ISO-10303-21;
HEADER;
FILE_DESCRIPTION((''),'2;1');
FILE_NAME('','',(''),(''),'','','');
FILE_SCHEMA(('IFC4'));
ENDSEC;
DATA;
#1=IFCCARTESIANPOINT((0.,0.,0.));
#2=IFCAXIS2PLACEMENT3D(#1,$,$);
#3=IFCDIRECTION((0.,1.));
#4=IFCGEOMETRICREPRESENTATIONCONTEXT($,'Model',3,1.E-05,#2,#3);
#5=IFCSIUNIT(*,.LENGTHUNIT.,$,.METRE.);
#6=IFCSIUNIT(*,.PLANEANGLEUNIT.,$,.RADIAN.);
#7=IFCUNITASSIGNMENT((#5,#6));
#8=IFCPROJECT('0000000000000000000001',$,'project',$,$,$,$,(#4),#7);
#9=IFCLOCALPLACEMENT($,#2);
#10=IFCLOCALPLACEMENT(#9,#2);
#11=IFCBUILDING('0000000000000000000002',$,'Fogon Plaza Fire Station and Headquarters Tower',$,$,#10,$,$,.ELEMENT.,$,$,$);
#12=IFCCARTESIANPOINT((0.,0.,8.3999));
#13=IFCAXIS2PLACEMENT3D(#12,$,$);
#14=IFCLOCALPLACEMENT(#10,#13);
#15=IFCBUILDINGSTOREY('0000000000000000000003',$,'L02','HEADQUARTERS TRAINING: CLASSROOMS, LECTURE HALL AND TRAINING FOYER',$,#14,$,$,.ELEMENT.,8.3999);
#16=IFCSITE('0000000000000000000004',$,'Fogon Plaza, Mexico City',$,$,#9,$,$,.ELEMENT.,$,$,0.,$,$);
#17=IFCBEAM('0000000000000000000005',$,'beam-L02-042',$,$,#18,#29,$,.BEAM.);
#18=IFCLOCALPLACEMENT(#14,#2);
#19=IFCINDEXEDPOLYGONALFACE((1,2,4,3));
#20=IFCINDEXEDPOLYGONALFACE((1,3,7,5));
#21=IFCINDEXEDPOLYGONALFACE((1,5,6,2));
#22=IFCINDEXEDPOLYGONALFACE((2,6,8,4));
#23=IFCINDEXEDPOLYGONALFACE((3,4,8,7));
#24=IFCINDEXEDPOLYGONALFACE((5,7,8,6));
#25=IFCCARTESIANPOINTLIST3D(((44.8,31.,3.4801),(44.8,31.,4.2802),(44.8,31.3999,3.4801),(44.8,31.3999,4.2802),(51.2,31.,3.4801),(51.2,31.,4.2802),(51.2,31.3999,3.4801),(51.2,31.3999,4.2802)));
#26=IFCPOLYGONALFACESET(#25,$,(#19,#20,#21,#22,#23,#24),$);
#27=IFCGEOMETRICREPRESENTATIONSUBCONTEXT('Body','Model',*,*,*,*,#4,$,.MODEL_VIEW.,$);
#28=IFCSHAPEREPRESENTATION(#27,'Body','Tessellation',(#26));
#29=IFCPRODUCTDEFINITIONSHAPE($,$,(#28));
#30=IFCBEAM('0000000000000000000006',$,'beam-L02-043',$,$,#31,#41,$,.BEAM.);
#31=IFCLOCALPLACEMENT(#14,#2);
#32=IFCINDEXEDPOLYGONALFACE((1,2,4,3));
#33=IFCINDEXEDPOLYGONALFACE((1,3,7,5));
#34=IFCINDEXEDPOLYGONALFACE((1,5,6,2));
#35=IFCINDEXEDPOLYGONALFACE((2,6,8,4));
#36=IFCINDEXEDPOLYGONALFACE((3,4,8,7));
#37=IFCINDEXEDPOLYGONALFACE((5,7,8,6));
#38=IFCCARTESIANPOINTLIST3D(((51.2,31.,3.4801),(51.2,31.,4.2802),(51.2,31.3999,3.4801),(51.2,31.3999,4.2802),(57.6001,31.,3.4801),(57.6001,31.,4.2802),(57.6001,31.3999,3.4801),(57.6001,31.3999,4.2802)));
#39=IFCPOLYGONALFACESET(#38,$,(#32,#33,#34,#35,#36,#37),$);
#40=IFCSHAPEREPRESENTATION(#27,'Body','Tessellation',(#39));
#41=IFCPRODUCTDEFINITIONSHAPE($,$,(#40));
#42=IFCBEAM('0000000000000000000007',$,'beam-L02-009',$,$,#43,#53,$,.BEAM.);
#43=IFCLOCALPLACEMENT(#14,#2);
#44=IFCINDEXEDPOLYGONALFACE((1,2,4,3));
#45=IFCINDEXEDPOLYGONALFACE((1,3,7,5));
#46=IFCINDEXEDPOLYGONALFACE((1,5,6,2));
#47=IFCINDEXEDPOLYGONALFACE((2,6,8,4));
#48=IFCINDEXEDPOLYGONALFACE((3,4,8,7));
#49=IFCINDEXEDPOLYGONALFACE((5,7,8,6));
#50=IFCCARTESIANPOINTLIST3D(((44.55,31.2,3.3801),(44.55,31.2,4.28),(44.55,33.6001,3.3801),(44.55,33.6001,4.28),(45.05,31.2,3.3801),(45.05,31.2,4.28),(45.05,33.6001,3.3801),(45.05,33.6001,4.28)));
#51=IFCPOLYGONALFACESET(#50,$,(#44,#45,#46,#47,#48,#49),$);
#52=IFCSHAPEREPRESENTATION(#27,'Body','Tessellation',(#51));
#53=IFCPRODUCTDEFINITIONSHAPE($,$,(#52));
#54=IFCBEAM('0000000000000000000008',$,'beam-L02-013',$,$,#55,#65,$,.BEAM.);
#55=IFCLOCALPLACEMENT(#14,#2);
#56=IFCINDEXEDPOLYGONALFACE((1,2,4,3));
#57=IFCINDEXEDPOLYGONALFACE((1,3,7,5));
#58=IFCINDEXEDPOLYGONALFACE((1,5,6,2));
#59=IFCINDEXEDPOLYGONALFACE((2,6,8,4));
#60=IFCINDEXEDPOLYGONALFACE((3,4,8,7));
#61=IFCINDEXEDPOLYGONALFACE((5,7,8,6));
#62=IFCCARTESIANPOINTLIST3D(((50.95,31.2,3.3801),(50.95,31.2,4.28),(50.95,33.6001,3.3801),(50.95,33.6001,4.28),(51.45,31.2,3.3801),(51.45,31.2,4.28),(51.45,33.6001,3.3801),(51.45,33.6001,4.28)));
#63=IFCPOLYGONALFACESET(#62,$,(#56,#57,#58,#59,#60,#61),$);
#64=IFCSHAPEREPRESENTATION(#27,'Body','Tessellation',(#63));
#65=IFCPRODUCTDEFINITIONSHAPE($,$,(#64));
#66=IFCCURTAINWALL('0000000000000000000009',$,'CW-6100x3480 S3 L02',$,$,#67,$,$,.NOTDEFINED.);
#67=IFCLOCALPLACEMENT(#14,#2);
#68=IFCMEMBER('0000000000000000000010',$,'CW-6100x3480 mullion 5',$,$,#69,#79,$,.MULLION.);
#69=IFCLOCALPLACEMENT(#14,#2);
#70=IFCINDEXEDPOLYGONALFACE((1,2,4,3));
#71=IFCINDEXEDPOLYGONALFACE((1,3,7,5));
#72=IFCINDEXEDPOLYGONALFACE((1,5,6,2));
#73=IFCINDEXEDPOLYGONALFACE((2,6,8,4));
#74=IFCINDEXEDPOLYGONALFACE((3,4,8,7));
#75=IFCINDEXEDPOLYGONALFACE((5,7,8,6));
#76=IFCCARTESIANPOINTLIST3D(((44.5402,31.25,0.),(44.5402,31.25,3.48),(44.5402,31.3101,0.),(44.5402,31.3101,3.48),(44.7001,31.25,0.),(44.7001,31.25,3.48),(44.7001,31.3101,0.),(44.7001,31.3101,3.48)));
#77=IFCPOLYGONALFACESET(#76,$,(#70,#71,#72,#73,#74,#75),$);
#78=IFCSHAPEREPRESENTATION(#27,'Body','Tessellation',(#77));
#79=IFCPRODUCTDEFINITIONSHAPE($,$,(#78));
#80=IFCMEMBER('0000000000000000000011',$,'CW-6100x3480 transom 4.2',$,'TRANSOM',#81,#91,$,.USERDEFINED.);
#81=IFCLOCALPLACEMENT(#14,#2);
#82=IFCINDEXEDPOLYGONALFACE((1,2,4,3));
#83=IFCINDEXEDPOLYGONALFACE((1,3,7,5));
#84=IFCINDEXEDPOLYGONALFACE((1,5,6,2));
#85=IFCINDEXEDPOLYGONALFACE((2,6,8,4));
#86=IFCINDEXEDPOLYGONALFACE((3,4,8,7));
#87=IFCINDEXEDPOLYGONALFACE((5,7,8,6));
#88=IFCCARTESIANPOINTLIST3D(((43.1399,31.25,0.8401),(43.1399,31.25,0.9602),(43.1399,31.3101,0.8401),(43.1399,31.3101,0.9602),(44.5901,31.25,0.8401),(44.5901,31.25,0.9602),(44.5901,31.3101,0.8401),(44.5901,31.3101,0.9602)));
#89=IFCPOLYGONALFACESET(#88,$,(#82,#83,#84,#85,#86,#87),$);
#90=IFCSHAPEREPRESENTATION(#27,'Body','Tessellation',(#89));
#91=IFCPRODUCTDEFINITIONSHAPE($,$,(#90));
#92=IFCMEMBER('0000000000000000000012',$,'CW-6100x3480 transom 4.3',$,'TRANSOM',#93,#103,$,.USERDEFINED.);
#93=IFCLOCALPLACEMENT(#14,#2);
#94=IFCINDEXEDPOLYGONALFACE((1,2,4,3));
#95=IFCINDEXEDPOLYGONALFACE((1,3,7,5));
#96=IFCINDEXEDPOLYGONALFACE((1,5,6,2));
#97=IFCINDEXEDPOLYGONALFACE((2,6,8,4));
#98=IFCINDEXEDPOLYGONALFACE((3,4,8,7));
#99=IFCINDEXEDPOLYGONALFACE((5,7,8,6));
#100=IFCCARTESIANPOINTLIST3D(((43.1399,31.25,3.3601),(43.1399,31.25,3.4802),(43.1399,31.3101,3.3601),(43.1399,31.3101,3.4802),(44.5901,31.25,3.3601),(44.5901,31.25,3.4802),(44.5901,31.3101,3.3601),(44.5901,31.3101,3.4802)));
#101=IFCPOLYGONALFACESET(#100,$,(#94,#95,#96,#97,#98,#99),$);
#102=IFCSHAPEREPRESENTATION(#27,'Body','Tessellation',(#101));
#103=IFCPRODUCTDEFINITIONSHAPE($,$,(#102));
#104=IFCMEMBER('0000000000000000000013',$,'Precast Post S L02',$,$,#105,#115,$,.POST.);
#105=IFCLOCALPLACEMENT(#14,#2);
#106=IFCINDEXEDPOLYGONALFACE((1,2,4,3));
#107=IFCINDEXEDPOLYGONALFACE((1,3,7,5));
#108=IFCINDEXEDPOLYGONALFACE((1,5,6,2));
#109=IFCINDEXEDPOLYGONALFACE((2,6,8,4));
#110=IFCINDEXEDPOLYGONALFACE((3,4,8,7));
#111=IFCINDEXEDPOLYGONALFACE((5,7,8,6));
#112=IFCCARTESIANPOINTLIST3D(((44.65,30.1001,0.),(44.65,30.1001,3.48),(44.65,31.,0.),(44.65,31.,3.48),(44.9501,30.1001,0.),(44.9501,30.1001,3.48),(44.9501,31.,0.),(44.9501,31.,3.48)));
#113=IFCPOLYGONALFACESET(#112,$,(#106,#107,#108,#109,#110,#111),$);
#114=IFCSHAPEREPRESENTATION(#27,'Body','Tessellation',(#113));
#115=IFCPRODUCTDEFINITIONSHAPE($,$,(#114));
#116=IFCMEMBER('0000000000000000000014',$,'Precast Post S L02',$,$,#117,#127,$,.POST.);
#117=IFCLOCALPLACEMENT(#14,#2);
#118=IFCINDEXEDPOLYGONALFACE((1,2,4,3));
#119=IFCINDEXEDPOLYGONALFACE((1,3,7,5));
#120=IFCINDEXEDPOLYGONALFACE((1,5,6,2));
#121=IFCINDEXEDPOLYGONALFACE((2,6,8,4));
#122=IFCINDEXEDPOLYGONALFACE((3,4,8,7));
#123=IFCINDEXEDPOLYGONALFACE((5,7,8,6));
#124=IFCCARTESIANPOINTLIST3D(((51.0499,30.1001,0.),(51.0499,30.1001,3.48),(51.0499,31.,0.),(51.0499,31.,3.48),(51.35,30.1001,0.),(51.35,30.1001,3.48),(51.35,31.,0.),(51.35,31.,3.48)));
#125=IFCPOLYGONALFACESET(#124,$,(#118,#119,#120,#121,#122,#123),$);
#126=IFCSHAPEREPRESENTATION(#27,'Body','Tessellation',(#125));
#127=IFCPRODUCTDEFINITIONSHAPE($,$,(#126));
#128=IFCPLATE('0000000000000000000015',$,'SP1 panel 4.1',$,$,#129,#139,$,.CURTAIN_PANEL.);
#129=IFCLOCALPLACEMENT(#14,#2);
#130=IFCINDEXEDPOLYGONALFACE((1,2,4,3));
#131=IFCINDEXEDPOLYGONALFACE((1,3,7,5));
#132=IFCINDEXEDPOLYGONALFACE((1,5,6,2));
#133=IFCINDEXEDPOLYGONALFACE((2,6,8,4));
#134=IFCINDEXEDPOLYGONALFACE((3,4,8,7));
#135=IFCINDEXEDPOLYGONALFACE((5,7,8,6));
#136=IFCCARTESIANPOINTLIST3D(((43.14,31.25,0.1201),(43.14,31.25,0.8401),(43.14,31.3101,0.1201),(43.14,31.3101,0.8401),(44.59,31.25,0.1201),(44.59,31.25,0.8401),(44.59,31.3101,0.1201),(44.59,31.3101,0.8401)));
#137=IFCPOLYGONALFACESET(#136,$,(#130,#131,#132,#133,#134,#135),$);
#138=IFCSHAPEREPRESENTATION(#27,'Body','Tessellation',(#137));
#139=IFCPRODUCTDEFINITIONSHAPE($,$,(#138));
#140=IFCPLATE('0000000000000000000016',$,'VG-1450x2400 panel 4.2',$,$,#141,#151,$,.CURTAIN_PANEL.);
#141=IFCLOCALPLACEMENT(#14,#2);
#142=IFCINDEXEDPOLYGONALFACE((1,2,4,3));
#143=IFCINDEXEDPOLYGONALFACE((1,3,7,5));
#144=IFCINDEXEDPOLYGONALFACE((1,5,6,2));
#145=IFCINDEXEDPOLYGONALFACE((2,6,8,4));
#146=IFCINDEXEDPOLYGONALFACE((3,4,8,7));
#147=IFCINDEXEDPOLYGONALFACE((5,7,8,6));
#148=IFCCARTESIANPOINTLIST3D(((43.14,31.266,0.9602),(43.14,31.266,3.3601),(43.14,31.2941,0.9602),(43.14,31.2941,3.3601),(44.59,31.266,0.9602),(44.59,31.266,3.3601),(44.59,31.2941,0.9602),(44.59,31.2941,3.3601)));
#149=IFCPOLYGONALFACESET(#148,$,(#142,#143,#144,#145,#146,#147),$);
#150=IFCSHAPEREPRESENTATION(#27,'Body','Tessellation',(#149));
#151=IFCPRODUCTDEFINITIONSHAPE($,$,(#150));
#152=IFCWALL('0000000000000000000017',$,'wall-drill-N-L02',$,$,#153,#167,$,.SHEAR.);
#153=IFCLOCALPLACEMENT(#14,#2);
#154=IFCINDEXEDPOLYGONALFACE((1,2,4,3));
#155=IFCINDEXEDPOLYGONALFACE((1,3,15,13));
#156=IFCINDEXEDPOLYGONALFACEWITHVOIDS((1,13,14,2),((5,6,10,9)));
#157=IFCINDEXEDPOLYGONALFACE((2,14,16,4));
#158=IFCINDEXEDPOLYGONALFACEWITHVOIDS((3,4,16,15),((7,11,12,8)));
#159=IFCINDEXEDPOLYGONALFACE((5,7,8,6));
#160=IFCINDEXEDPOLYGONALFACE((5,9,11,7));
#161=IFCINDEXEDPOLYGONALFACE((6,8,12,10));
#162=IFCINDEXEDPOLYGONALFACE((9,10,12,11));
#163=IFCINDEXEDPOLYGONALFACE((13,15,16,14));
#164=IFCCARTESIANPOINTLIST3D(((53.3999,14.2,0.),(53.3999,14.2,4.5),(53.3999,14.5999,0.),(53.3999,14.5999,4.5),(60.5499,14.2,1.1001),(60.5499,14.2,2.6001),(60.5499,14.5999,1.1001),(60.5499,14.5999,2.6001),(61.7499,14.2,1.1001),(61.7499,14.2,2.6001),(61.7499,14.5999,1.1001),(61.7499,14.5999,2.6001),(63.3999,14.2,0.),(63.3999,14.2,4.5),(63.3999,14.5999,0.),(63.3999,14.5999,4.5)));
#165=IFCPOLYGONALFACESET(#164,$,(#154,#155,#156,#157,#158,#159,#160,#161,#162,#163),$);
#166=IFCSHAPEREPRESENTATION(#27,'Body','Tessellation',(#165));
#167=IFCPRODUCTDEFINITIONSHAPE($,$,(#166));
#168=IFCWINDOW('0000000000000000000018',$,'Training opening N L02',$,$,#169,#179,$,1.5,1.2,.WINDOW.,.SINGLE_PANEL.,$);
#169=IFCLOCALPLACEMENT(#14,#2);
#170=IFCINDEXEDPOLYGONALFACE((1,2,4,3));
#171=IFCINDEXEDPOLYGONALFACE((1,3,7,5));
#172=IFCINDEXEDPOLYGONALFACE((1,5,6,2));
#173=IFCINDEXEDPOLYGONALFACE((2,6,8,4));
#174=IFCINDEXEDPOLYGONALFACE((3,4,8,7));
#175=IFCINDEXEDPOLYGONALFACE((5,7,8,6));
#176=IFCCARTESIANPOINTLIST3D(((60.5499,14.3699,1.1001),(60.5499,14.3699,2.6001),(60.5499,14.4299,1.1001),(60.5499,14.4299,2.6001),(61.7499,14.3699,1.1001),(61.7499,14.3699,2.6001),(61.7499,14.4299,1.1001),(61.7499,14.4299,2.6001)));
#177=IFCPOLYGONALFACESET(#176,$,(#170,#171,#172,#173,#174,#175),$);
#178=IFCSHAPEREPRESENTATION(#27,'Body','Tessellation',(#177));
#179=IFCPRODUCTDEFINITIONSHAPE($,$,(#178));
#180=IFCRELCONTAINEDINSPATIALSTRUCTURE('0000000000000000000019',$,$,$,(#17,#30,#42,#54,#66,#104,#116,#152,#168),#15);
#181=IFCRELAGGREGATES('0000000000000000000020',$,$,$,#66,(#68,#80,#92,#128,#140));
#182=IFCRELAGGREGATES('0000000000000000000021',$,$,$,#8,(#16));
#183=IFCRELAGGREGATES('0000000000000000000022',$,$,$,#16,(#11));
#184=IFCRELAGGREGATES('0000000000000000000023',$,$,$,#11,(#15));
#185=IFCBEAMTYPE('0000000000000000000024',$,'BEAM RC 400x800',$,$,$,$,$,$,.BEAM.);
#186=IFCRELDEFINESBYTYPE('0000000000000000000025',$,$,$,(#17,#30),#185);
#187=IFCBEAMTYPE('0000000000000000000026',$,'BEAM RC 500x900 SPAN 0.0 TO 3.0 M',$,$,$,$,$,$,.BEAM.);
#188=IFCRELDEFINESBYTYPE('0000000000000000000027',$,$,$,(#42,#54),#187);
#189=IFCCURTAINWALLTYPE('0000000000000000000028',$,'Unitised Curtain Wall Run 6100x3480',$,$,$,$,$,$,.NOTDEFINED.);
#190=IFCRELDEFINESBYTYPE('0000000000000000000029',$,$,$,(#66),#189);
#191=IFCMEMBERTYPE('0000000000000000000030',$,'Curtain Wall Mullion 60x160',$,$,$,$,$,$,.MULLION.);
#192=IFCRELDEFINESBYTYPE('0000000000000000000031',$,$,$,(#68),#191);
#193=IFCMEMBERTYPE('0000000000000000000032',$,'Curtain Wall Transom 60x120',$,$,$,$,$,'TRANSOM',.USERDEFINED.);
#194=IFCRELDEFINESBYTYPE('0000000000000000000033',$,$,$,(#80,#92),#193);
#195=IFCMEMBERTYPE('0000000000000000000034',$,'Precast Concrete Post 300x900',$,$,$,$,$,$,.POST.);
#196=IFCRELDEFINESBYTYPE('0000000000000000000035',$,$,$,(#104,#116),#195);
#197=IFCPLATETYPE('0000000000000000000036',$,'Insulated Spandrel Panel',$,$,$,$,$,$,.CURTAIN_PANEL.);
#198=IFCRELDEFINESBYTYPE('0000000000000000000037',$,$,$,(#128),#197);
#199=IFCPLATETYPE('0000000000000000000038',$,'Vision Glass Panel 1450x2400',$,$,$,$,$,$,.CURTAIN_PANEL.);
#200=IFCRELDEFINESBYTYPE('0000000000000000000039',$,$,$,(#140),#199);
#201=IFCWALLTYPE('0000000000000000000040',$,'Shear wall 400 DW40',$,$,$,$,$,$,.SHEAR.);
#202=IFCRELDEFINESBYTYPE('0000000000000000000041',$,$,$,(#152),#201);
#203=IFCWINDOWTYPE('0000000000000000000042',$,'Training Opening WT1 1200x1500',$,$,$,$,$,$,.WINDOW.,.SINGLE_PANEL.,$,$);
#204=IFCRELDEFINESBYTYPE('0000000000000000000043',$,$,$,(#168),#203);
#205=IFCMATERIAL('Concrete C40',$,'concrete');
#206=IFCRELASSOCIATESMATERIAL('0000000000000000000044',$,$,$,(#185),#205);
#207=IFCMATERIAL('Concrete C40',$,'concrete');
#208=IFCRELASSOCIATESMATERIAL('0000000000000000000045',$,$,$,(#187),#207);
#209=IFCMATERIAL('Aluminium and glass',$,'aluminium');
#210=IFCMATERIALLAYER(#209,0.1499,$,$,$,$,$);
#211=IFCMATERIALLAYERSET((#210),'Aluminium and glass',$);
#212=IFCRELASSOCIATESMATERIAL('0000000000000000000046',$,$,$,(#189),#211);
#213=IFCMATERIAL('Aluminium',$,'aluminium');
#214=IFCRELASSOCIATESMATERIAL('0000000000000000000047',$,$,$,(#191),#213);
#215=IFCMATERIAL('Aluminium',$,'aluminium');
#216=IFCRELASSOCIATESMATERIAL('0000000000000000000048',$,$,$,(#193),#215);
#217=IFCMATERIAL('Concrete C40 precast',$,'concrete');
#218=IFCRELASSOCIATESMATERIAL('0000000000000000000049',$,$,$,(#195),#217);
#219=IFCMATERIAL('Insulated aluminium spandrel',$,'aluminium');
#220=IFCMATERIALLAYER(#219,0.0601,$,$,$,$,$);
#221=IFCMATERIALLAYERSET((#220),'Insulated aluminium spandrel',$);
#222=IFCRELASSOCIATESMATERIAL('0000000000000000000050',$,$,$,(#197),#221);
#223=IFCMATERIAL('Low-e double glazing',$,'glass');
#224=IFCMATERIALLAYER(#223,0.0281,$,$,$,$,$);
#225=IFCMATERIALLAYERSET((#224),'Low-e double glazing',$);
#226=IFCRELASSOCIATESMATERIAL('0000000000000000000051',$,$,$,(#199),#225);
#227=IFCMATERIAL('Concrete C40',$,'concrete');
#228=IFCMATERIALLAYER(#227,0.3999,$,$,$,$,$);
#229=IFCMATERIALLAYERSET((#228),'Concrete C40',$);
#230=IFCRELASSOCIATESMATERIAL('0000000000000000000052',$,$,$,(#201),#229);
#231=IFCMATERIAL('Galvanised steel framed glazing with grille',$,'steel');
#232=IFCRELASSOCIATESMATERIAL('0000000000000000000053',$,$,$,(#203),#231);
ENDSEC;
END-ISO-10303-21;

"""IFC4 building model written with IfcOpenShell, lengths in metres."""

from ifc_helpers import new_model, si_unit, direction, frame, frame_2d, origin, origin_2d, place, context, subcontext, project, spatial, rectangle, extrude, material, layer, layer_set, material_profile, profile_set, type_object, element, fill, aggregate, save


model = new_model("IFC4")

# Units and contexts
model_context = context("Model", 3, precision=1e-05, world=origin(), true_north=direction((0.0, 1.0)))
body_context = subcontext(model_context, "Body", "Model", "MODEL_VIEW")
ifc_project = project(units=[si_unit("LENGTHUNIT", "METRE"), si_unit("PLANEANGLEUNIT", "RADIAN")], contexts=[model_context])

# Site, building, storey
site_placement = place(None, origin())
site = spatial("IfcSite", under=ifc_project, at=site_placement, Name="Fogon Plaza, Mexico City", CompositionType="ELEMENT", RefElevation=0.0)
building_placement = place(site_placement, origin())
building = spatial("IfcBuilding", under=site, at=building_placement, Name="Fogon Plaza Fire Station and Headquarters Tower", CompositionType="ELEMENT")
storey_placement = place(building_placement, frame((0.0, 0.0, 8.3999)))
storey = spatial("IfcBuildingStorey", under=building, at=storey_placement, Name="L02", Description="HEADQUARTERS TRAINING: CLASSROOMS, LECTURE HALL AND TRAINING FOYER", CompositionType="ELEMENT", Elevation=8.3999)

# Beams
ifc_material_1 = material(Name="Concrete C40", Category="concrete")
ifc_material_profile_1 = material_profile(ifc_material_1, rectangle(XDim=0.3999, YDim=0.8, at=origin_2d()), Name="RC 400x800")
ifc_profile_set_1 = profile_set([ifc_material_profile_1], Name="Concrete C40")
beam_type_1 = type_object("IfcBeamType", Name="BEAM RC 400x800", PredefinedType="BEAM", material=ifc_profile_set_1)
beam_1_placement = place(storey_placement, frame((44.8, 31.2, 3.8801), z_axis=(1.0, 0.0, 0.0), x_axis=(0.0, 1.0, 0.0)))
element("IfcBeam", 1, at=beam_1_placement, inside=storey, type_object=beam_type_1, Name="beam-L02-042", PredefinedType="BEAM", context=body_context, shape_type="SweptSolid", body=[
    extrude(rectangle(XDim=0.3999, YDim=0.8, at=origin_2d()), origin(), (0.0, 0.0, 1.0), 6.3999),
])
beam_2_placement = place(storey_placement, frame((51.2, 31.2, 3.8801), z_axis=(1.0, 0.0, 0.0), x_axis=(0.0, 1.0, 0.0)))
element("IfcBeam", 2, at=beam_2_placement, inside=storey, type_object=beam_type_1, Name="beam-L02-043", PredefinedType="BEAM", context=body_context, shape_type="SweptSolid", body=[
    extrude(rectangle(XDim=0.3999, YDim=0.8, at=origin_2d()), origin(), (0.0, 0.0, 1.0), 6.4001),
])
ifc_material_2 = material(Name="Concrete C40", Category="concrete")
ifc_material_profile_2 = material_profile(ifc_material_2, rectangle(XDim=0.5, YDim=0.8999, at=origin_2d()), Name="RC 500x900")
ifc_profile_set_2 = profile_set([ifc_material_profile_2], Name="Concrete C40")
beam_type_2 = type_object("IfcBeamType", Name="BEAM RC 500x900 SPAN 0.0 TO 3.0 M", PredefinedType="BEAM", material=ifc_profile_set_2)
for number, where, z_axis, x_axis, name in (
    (3, (44.8, 31.2, 3.8301), (0.0, 1.0, 0.0), (-1.0, 0.0, 0.0), "beam-L02-009"),
    (4, (51.2, 31.2, 3.8301), (0.0, 1.0, 0.0), (-1.0, 0.0, 0.0), "beam-L02-013"),
):
    element("IfcBeam", number, at=place(storey_placement, frame(where, z_axis=z_axis, x_axis=x_axis)), inside=storey, type_object=beam_type_2, Name=name, PredefinedType="BEAM", context=body_context, shape_type="SweptSolid", body=[
        extrude(rectangle(XDim=0.5, YDim=0.8999, at=origin_2d()), origin(), (0.0, 0.0, 1.0), 2.4001),
    ])

# Curtain wall, members
ifc_material_3 = material(Name="Aluminium and glass", Category="aluminium")
ifc_layer_1 = layer(ifc_material_3, 0.1499)
ifc_layer_set_1 = layer_set([ifc_layer_1], Name="Aluminium and glass")
curtain_wall_type = type_object("IfcCurtainWallType", Name="Unitised Curtain Wall Run 6100x3480", PredefinedType="NOTDEFINED", material=ifc_layer_set_1)
curtain_wall_placement = place(storey_placement, origin())
curtain_wall = element("IfcCurtainWall", 5, at=curtain_wall_placement, inside=storey, type_object=curtain_wall_type, Name="CW-6100x3480 S3 L02", PredefinedType="NOTDEFINED")
ifc_material_4 = material(Name="Aluminium", Category="aluminium")
ifc_material_profile_3 = material_profile(ifc_material_4, rectangle(XDim=0.0601, YDim=0.1599, at=origin_2d()), Name="Curtain Wall Mullion 60x160")
ifc_profile_set_3 = profile_set([ifc_material_profile_3], Name="Aluminium")
member_type_1 = type_object("IfcMemberType", Name="Curtain Wall Mullion 60x160", PredefinedType="MULLION", material=ifc_profile_set_3)
member_1_placement = place(storey_placement, frame((44.6201, 31.28, 0.0), z_axis=(0.0, 0.0, 1.0), x_axis=(0.0, 1.0, 0.0)))
member_1 = element("IfcMember", 6, at=member_1_placement, type_object=member_type_1, Name="CW-6100x3480 mullion 5", PredefinedType="MULLION", context=body_context, shape_type="SweptSolid", body=[
    extrude(rectangle(XDim=0.0601, YDim=0.1599, at=origin_2d()), origin(), (0.0, 0.0, 1.0), 3.48),
])
ifc_material_5 = material(Name="Aluminium", Category="aluminium")
ifc_material_profile_4 = material_profile(ifc_material_5, rectangle(XDim=0.0601, YDim=0.1201, at=origin_2d()), Name="Curtain Wall Transom 60x120")
ifc_profile_set_4 = profile_set([ifc_material_profile_4], Name="Aluminium")
member_type_2 = type_object("IfcMemberType", Name="Curtain Wall Transom 60x120", ElementType="TRANSOM", PredefinedType="USERDEFINED", material=ifc_profile_set_4)
member_2_placement = place(storey_placement, frame((43.1399, 31.28, 0.9001), z_axis=(1.0, 0.0, 0.0), x_axis=(0.0, 1.0, 0.0)))
member_2 = element("IfcMember", 7, at=member_2_placement, type_object=member_type_2, Name="CW-6100x3480 transom 4.2", ObjectType="TRANSOM", PredefinedType="USERDEFINED", context=body_context, shape_type="SweptSolid", body=[
    extrude(rectangle(XDim=0.0601, YDim=0.1201, at=origin_2d()), origin(), (0.0, 0.0, 1.0), 1.4502),
])
member_3_placement = place(storey_placement, frame((43.1399, 31.28, 3.4202), z_axis=(1.0, 0.0, 0.0), x_axis=(0.0, 1.0, 0.0)))
member_3 = element("IfcMember", 8, at=member_3_placement, type_object=member_type_2, Name="CW-6100x3480 transom 4.3", ObjectType="TRANSOM", PredefinedType="USERDEFINED", context=body_context, shape_type="SweptSolid", body=[
    extrude(rectangle(XDim=0.0601, YDim=0.1201, at=origin_2d()), origin(), (0.0, 0.0, 1.0), 1.4502),
])

# Members
ifc_material_6 = material(Name="Concrete C40 precast", Category="concrete")
ifc_material_profile_5 = material_profile(ifc_material_6, rectangle(XDim=0.3, YDim=0.8999, at=origin_2d()), Name="Precast Concrete Post 300x900")
ifc_profile_set_5 = profile_set([ifc_material_profile_5], Name="Concrete C40 precast")
member_type_3 = type_object("IfcMemberType", Name="Precast Concrete Post 300x900", PredefinedType="POST", material=ifc_profile_set_5)
for number, where, z_axis, x_axis, name in (
    (9, (44.8, 30.55, 0.0), (0.0, 0.0, 1.0), (1.0, 0.0, 0.0), "Precast Post S L02"),
    (10, (51.2, 30.55, 0.0), (0.0, 0.0, 1.0), (1.0, 0.0, 0.0), "Precast Post S L02"),
):
    element("IfcMember", number, at=place(storey_placement, frame(where, z_axis=z_axis, x_axis=x_axis)), inside=storey, type_object=member_type_3, Name=name, PredefinedType="POST", context=body_context, shape_type="SweptSolid", body=[
        extrude(rectangle(XDim=0.3, YDim=0.8999, at=origin_2d()), origin(), (0.0, 0.0, 1.0), 3.48),
    ])

# Plates
ifc_material_7 = material(Name="Insulated aluminium spandrel", Category="aluminium")
ifc_layer_2 = layer(ifc_material_7, 0.0601)
ifc_layer_set_2 = layer_set([ifc_layer_2], Name="Insulated aluminium spandrel")
plate_type_1 = type_object("IfcPlateType", Name="Insulated Spandrel Panel", PredefinedType="CURTAIN_PANEL", material=ifc_layer_set_2)
plate_1_placement = place(storey_placement, frame((43.865, 31.28, 0.1201), z_axis=(0.0, 0.0, 1.0), x_axis=(1.0, 0.0, 0.0)))
plate_1 = element("IfcPlate", 11, at=plate_1_placement, type_object=plate_type_1, Name="SP1 panel 4.1", PredefinedType="CURTAIN_PANEL", context=body_context, shape_type="SweptSolid", body=[
    extrude(rectangle(XDim=1.45, YDim=0.0601, at=origin_2d()), origin(), (0.0, 0.0, 1.0), 0.72),
])
ifc_material_8 = material(Name="Low-e double glazing", Category="glass")
ifc_layer_3 = layer(ifc_material_8, 0.0281)
ifc_layer_set_3 = layer_set([ifc_layer_3], Name="Low-e double glazing")
plate_type_2 = type_object("IfcPlateType", Name="Vision Glass Panel 1450x2400", PredefinedType="CURTAIN_PANEL", material=ifc_layer_set_3)
plate_2_placement = place(storey_placement, frame((43.865, 31.28, 0.9602), z_axis=(0.0, 0.0, 1.0), x_axis=(1.0, 0.0, 0.0)))
plate_2 = element("IfcPlate", 12, at=plate_2_placement, type_object=plate_type_2, Name="VG-1450x2400 panel 4.2", PredefinedType="CURTAIN_PANEL", context=body_context, shape_type="SweptSolid", body=[
    extrude(rectangle(XDim=1.45, YDim=0.0281, at=origin_2d()), origin(), (0.0, 0.0, 1.0), 2.3999),
])
aggregate(curtain_wall, [member_1, member_2, member_3, plate_1, plate_2])

# Wall, opening, window
ifc_material_9 = material(Name="Concrete C40", Category="concrete")
ifc_layer_4 = layer(ifc_material_9, 0.3999)
ifc_layer_set_4 = layer_set([ifc_layer_4], Name="Concrete C40")
wall_type = type_object("IfcWallType", Name="Shear wall 400 DW40", PredefinedType="SHEAR", material=ifc_layer_set_4)
wall_1_placement = place(storey_placement, frame((53.3999, 14.3999, 0.0), z_axis=(0.0, 0.0, 1.0), x_axis=(1.0, 0.0, 0.0)))
wall_1 = element("IfcWall", 13, at=wall_1_placement, inside=storey, type_object=wall_type, Name="wall-drill-N-L02", PredefinedType="SHEAR", context=body_context, shape_type="SweptSolid", body=[
    extrude(rectangle(XDim=10.0, YDim=0.3999, at=frame_2d((5.0, 0.0))), origin(), (0.0, 0.0, 1.0), 4.5),
])
opening_1_placement = place(wall_1_placement, frame((7.1499, 0.0, 1.1001)))
opening_1 = element("IfcOpeningElement", 14, at=opening_1_placement, cuts=wall_1, PredefinedType="OPENING", context=body_context, shape_type="SweptSolid", body=[
    extrude(rectangle(XDim=1.2, YDim=1.5, at=frame_2d((0.6001, 0.75))), frame((0.0, 0.21, 0.0), z_axis=(0.0, -1.0, 0.0), x_axis=(1.0, 0.0, 0.0)), (0.0, 0.0, 1.0), 0.4199),
])
ifc_material_10 = material(Name="Galvanised steel framed glazing with grille", Category="steel")
window_type = type_object("IfcWindowType", Name="Training Opening WT1 1200x1500", PartitioningType="SINGLE_PANEL", PredefinedType="WINDOW", material=ifc_material_10)
window_1_placement = place(opening_1_placement, origin())
window_1 = element("IfcWindow", 15, at=window_1_placement, inside=storey, type_object=window_type, Name="Training opening N L02", OverallHeight=1.5, OverallWidth=1.2, PartitioningType="SINGLE_PANEL", PredefinedType="WINDOW", context=body_context, shape_type="SweptSolid", body=[
    extrude(rectangle(XDim=1.2, YDim=1.5, at=frame_2d((0.6001, 0.75))), frame((0.0, 0.03, 0.0), z_axis=(0.0, -1.0, 0.0), x_axis=(1.0, 0.0, 0.0)), (0.0, 0.0, 1.0), 0.0601),
])
fill(opening_1, window_1)

save(model, "model.ifc")
